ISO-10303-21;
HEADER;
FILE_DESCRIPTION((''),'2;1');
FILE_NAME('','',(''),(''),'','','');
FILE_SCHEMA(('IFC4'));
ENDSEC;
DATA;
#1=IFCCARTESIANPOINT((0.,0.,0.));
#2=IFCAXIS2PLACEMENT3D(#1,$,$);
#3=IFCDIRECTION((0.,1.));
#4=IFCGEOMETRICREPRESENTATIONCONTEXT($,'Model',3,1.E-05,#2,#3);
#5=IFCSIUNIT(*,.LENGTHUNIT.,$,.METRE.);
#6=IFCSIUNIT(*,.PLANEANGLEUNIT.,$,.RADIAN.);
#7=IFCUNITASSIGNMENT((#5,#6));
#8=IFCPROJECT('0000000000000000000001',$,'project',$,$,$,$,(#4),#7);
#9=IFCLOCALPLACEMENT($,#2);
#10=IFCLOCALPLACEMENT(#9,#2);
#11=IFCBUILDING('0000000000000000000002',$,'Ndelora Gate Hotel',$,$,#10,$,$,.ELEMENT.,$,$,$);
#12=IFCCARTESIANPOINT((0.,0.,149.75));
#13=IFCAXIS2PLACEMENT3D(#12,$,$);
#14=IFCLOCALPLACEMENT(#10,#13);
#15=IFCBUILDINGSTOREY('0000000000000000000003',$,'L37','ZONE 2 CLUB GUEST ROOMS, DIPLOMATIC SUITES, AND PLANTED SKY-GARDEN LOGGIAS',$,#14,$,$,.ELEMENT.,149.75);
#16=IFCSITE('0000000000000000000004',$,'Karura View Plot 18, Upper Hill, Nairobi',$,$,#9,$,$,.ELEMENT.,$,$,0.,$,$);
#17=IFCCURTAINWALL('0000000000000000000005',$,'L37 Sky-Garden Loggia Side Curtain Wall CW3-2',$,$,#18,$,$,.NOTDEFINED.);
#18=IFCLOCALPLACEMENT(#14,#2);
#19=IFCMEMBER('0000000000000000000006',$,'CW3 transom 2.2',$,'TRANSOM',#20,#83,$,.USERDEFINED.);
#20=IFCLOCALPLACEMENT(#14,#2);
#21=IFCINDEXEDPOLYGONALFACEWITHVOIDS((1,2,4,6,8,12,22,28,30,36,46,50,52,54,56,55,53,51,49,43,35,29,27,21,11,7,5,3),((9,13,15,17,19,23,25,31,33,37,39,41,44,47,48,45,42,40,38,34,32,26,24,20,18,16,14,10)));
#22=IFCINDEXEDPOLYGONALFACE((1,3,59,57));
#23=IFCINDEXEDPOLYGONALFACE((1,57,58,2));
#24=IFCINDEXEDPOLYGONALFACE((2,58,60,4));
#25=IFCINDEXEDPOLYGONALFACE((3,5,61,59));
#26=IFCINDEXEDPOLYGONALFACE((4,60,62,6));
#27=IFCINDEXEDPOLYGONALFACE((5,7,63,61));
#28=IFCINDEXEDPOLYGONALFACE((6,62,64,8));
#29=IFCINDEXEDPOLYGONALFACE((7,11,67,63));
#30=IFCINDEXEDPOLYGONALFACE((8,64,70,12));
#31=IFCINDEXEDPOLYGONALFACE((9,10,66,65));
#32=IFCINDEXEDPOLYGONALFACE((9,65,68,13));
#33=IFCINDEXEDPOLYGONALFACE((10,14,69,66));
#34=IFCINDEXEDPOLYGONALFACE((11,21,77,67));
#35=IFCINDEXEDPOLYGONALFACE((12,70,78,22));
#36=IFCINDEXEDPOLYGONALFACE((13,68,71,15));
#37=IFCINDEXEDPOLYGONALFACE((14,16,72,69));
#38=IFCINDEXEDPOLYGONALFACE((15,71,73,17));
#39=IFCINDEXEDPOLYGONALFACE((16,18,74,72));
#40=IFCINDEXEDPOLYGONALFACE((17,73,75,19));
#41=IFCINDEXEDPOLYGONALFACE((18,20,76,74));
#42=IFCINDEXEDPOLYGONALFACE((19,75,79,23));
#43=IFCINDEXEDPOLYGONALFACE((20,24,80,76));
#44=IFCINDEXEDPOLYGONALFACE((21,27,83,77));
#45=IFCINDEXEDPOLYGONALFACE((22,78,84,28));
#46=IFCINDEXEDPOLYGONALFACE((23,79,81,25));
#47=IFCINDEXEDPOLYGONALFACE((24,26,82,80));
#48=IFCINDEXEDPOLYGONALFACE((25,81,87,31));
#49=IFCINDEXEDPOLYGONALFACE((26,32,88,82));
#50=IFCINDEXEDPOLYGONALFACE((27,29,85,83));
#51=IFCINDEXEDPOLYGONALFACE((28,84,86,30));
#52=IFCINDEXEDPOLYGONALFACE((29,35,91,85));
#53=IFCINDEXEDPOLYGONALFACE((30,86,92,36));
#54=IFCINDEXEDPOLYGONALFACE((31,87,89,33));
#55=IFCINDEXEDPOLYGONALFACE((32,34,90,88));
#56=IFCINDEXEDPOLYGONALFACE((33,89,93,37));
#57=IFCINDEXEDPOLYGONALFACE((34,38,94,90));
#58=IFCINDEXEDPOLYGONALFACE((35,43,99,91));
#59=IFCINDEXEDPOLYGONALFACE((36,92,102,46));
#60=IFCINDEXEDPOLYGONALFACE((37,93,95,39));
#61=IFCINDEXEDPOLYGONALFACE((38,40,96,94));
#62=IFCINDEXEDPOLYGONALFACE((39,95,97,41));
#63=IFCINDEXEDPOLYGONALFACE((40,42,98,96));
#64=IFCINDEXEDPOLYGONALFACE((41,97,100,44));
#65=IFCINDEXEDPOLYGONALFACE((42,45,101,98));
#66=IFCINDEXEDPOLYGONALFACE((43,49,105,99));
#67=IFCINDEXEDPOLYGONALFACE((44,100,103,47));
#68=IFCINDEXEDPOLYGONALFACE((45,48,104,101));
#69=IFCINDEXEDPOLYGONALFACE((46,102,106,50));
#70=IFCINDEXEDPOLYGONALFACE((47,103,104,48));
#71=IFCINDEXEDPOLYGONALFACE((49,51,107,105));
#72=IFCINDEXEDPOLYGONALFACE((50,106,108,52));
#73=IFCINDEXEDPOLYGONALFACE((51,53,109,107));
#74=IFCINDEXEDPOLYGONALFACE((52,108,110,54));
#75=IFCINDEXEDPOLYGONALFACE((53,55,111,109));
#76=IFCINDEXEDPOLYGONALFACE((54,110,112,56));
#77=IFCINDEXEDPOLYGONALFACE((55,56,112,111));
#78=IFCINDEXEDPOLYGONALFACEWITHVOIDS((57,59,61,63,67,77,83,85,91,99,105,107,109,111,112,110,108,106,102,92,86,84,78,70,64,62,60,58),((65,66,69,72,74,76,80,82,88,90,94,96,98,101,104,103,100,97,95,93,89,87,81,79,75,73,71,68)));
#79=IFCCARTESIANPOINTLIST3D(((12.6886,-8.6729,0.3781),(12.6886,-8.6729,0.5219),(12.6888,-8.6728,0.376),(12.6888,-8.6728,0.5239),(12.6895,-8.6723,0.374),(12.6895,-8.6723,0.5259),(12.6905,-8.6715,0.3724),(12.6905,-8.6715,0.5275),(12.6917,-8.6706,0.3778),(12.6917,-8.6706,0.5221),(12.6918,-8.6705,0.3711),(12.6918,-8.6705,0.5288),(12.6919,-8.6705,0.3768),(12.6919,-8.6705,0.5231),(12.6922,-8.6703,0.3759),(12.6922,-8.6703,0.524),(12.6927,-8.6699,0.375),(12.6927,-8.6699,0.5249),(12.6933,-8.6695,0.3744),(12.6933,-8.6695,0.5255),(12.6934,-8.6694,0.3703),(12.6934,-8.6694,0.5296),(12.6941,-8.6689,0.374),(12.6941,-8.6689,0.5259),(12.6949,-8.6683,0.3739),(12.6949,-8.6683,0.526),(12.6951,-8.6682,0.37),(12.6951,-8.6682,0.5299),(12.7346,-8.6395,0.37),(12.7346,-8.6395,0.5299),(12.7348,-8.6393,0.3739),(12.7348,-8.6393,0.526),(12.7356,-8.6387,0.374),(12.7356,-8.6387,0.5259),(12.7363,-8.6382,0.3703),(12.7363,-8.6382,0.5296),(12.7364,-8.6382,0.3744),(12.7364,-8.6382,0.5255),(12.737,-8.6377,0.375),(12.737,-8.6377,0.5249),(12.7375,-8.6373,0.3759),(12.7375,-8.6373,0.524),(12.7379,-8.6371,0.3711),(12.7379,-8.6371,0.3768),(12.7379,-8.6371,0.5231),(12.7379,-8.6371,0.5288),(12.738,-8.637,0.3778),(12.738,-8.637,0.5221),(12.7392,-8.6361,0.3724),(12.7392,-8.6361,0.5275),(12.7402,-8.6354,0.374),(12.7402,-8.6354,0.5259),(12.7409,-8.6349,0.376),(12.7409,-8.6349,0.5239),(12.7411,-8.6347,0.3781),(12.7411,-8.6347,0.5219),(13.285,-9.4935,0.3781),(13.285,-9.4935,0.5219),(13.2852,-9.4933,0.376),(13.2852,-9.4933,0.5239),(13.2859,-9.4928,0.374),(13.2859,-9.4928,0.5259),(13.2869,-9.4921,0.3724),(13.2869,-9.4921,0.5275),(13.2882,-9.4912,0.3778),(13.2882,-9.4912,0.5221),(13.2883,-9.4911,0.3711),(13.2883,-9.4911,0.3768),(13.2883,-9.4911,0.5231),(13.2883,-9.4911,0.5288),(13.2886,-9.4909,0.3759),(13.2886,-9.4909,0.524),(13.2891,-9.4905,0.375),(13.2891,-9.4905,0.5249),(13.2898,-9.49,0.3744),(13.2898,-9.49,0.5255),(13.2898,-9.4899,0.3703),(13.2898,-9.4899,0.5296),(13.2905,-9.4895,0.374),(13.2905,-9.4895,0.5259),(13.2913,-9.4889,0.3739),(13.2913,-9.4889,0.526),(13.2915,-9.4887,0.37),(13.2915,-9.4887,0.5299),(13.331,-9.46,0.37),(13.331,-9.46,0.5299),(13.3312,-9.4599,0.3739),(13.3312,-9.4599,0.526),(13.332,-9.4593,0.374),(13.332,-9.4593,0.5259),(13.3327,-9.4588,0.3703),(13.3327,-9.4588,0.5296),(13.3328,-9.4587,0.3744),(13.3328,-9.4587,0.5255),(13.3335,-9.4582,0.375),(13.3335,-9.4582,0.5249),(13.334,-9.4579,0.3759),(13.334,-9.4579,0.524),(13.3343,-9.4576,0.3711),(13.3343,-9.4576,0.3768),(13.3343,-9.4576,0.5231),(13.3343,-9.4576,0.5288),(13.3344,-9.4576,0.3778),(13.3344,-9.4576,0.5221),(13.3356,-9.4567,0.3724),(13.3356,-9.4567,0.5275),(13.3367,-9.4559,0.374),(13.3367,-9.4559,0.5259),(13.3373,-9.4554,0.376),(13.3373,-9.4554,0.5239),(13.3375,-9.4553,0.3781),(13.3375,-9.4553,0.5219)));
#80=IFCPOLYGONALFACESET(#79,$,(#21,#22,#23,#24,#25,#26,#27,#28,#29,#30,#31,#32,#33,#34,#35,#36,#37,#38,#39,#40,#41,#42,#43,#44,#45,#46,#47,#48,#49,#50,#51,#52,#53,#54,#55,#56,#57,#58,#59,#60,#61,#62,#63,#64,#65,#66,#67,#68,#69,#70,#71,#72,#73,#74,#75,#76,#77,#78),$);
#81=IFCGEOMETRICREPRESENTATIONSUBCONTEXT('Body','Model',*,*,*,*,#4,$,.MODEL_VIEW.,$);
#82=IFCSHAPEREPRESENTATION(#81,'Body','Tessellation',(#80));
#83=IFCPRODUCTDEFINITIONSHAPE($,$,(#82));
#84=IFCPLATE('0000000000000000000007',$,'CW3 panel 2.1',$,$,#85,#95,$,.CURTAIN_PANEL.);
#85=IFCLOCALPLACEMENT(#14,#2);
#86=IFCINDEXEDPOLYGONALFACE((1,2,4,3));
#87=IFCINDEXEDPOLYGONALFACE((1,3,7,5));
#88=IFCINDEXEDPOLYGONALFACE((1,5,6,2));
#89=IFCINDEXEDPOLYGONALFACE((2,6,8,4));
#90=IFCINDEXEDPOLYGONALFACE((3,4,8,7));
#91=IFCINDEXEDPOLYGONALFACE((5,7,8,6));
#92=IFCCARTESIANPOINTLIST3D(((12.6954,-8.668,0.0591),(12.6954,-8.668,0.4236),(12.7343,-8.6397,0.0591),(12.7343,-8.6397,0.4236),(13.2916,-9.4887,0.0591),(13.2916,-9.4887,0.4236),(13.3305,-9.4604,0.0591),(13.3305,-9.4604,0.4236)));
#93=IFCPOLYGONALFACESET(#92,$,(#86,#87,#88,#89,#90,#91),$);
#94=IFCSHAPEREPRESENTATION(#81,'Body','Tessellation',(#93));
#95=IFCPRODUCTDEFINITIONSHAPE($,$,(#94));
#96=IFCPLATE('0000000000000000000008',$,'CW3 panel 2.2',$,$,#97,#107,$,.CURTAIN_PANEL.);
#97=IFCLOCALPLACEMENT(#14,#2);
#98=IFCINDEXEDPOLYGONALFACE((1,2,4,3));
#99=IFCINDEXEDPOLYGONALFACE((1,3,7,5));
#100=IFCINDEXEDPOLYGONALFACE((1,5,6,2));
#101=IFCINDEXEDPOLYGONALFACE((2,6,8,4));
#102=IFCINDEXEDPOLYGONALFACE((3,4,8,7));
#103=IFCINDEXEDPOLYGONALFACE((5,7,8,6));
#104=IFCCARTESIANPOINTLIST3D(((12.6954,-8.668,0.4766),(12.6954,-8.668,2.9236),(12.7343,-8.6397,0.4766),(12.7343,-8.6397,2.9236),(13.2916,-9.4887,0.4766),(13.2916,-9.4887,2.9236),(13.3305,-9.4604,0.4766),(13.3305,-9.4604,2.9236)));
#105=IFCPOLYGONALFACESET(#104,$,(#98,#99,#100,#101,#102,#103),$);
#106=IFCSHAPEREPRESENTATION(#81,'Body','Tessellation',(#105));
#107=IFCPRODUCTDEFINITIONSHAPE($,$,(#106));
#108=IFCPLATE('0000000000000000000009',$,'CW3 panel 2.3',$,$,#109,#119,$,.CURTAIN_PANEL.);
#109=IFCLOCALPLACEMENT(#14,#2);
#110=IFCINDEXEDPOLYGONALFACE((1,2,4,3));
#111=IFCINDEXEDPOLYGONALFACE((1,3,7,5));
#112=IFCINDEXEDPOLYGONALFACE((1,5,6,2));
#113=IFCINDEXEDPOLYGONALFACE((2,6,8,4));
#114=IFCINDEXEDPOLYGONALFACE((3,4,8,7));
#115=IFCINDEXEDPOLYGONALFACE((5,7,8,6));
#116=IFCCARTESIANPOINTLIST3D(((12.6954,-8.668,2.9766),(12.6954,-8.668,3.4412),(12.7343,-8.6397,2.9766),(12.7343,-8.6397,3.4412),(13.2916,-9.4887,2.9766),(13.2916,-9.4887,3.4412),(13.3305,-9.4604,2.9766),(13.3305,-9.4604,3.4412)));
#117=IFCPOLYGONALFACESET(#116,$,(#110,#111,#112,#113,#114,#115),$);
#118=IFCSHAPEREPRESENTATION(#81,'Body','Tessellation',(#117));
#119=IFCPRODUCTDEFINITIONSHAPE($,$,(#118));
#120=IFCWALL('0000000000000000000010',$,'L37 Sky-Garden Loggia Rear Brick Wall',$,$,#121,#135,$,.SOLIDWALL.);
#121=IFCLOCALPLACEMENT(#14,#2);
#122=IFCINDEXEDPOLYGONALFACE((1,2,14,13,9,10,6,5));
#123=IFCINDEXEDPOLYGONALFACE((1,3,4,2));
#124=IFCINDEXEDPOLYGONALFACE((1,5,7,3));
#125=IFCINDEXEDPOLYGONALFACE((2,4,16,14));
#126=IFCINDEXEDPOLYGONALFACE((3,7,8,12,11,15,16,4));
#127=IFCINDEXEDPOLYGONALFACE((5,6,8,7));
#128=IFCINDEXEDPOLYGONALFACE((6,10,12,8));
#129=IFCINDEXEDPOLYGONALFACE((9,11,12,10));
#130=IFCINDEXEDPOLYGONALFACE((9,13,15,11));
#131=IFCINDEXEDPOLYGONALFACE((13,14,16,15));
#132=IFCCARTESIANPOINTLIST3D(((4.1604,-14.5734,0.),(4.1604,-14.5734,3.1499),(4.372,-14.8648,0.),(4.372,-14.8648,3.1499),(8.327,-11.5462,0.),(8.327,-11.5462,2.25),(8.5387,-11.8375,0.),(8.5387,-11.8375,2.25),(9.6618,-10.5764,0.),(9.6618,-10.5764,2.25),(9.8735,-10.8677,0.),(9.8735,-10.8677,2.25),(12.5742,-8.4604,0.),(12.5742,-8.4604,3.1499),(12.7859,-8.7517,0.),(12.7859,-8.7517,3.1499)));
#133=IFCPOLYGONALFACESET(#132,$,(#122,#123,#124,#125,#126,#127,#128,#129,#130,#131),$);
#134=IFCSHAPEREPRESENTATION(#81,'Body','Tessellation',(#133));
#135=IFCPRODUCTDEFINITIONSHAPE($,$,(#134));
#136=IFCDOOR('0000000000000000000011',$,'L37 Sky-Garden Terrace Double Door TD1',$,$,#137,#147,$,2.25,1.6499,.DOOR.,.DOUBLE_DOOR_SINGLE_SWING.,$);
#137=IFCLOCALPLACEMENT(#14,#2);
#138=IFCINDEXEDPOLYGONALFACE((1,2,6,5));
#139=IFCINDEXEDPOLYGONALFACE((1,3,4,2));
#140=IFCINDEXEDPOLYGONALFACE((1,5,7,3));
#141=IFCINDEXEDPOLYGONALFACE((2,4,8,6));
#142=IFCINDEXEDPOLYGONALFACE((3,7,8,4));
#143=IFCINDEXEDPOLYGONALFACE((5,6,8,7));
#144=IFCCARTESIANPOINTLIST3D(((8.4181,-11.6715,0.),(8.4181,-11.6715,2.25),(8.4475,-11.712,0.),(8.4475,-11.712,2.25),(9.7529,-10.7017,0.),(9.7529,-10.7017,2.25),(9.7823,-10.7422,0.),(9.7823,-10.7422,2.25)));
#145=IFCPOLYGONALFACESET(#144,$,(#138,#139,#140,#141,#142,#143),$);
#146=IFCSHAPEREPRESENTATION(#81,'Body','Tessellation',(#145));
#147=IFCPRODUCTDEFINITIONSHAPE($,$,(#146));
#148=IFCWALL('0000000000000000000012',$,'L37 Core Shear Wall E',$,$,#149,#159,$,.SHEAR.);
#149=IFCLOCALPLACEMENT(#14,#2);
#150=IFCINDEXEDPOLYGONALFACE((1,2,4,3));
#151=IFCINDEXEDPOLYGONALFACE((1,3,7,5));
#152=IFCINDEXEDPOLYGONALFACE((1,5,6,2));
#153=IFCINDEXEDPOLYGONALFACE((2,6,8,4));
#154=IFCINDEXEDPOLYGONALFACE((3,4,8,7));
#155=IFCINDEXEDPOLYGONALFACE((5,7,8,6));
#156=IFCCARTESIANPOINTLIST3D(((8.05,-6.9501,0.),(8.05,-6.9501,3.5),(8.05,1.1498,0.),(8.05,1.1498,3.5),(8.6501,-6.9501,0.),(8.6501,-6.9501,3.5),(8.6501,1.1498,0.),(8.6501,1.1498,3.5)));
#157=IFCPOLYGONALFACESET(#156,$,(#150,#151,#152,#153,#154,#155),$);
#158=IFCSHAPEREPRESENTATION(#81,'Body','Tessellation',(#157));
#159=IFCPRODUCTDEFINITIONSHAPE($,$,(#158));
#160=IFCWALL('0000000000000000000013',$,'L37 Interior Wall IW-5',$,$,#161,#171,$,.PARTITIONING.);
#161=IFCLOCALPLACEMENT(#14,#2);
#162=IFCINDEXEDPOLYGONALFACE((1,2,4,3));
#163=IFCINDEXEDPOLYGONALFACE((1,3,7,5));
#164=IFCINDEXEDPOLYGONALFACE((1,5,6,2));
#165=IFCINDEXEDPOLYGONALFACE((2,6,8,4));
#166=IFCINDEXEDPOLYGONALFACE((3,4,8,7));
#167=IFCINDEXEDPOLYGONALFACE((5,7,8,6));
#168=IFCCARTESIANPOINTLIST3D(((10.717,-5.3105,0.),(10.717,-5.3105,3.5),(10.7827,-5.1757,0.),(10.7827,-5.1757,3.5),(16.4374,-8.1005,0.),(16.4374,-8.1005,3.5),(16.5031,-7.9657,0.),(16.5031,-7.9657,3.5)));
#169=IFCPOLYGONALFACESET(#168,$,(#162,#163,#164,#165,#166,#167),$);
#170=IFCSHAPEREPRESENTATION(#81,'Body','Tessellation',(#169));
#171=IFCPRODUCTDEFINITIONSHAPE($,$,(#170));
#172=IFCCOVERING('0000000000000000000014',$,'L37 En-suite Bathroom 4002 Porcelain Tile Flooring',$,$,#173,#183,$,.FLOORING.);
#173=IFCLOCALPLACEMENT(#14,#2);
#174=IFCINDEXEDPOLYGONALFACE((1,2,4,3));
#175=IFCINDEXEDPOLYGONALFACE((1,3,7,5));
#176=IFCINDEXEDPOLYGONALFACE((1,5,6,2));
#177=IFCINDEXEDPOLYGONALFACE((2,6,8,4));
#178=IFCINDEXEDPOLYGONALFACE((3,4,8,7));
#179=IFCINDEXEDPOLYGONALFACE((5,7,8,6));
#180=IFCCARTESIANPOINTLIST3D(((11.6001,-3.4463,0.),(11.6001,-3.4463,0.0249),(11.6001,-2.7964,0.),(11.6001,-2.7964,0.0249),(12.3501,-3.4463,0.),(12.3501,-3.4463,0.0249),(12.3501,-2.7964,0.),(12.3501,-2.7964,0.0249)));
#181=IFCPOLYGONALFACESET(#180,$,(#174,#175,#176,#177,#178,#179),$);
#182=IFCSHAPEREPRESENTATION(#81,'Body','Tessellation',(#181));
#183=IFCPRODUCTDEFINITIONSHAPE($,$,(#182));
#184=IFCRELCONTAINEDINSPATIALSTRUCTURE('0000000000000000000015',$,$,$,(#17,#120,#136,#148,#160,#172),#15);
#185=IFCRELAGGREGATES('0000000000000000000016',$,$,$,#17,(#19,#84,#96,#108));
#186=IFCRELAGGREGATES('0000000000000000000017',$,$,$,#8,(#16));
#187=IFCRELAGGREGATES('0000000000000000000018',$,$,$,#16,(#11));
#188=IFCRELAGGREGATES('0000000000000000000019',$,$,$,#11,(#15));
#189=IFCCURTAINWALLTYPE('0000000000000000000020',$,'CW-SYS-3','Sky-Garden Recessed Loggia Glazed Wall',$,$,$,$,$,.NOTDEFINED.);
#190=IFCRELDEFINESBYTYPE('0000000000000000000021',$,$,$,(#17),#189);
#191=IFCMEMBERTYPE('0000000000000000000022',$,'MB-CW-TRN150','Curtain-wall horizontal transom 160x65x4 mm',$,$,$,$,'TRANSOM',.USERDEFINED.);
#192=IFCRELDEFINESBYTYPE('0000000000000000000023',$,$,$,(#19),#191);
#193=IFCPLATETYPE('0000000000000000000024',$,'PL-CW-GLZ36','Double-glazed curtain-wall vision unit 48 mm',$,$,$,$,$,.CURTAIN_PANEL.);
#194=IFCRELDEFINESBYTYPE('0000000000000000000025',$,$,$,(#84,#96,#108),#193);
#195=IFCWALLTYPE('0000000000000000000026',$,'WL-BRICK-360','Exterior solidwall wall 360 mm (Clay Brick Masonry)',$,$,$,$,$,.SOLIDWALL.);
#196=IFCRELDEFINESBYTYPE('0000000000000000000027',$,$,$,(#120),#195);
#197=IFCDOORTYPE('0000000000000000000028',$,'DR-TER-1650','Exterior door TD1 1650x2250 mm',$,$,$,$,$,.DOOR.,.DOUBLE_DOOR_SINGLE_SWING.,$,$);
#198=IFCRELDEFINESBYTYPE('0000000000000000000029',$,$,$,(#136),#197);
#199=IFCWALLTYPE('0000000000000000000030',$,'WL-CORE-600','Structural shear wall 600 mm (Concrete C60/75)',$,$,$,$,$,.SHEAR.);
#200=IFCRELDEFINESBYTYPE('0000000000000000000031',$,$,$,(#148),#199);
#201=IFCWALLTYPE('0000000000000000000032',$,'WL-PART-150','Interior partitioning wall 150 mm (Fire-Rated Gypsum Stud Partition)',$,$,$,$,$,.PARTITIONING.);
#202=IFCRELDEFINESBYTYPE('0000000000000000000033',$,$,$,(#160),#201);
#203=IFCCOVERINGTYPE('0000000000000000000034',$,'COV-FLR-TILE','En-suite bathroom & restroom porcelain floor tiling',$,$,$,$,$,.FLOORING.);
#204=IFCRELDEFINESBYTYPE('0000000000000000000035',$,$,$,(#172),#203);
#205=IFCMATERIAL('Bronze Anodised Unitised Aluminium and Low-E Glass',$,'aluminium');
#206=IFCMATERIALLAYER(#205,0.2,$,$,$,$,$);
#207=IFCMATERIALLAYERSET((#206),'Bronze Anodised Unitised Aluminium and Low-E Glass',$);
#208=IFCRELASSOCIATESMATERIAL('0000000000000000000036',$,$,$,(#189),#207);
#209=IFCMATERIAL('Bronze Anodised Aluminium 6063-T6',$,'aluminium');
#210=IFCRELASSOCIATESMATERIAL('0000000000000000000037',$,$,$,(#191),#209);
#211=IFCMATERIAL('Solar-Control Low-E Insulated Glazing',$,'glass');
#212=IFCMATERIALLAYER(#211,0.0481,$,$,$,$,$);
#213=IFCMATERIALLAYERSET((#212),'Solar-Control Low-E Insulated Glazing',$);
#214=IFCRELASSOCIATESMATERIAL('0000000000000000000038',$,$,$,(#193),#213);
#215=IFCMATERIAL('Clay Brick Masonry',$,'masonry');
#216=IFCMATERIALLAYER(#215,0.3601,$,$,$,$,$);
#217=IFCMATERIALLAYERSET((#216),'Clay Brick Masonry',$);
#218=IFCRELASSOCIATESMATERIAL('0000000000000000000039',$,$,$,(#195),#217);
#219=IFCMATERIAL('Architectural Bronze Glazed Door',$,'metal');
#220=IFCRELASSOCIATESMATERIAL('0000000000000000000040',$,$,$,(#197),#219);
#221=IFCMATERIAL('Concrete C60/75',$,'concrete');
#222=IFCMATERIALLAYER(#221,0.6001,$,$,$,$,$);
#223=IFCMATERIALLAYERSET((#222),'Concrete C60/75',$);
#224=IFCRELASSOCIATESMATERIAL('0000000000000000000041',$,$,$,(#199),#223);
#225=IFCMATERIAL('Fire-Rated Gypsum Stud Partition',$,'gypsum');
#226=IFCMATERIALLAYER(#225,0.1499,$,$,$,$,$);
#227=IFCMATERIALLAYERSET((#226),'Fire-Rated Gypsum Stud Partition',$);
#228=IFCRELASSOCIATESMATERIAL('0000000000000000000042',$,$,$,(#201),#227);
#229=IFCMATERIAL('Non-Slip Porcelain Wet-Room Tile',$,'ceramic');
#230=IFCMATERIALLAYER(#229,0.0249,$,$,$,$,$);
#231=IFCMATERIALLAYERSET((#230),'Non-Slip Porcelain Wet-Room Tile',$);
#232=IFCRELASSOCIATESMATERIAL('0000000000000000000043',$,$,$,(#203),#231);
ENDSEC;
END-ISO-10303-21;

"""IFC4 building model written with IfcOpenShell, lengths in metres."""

from ifc_helpers import new_model, si_unit, direction, frame, frame_2d, origin, origin_2d, place, context, subcontext, project, spatial, rectangle, hollow_rectangle, extrude, material, layer, layer_set, material_profile, profile_set, type_object, element, fill, aggregate, save


model = new_model("IFC4")

# Units and contexts
model_context = context("Model", 3, precision=1e-05, world=origin(), true_north=direction((0.0, 1.0)))
body_context = subcontext(model_context, "Body", "Model", "MODEL_VIEW")
ifc_project = project(units=[si_unit("LENGTHUNIT", "METRE"), si_unit("PLANEANGLEUNIT", "RADIAN")], contexts=[model_context])

# Site, building, storey
site_placement = place(None, origin())
site = spatial("IfcSite", under=ifc_project, at=site_placement, Name="Karura View Plot 18, Upper Hill, Nairobi", CompositionType="ELEMENT", RefElevation=0.0)
building_placement = place(site_placement, origin())
building = spatial("IfcBuilding", under=site, at=building_placement, Name="Ndelora Gate Hotel", CompositionType="ELEMENT")
storey_placement = place(building_placement, frame((0.0, 0.0, 149.75)))
storey = spatial("IfcBuildingStorey", under=building, at=storey_placement, Name="L37", Description="ZONE 2 CLUB GUEST ROOMS, DIPLOMATIC SUITES, AND PLANTED SKY-GARDEN LOGGIAS", CompositionType="ELEMENT", Elevation=149.75)

# Shared definitions
ifc_material_1 = material(Name="Concrete C60/75", Category="concrete")

# Curtain wall, member, plates
ifc_material_2 = material(Name="Bronze Anodised Unitised Aluminium and Low-E Glass", Category="aluminium")
ifc_layer_1 = layer(ifc_material_2, 0.2)
ifc_layer_set_1 = layer_set([ifc_layer_1], Name="Bronze Anodised Unitised Aluminium and Low-E Glass")
curtain_wall_type = type_object("IfcCurtainWallType", Name="CW-SYS-3", Description="Sky-Garden Recessed Loggia Glazed Wall", PredefinedType="NOTDEFINED", material=ifc_layer_set_1)
curtain_wall_placement = place(storey_placement, origin())
curtain_wall = element("IfcCurtainWall", 1, at=curtain_wall_placement, inside=storey, type_object=curtain_wall_type, Name="L37 Sky-Garden Loggia Side Curtain Wall CW3-2", PredefinedType="NOTDEFINED")
ifc_material_3 = material(Name="Bronze Anodised Aluminium 6063-T6", Category="aluminium")
ifc_material_profile_1 = material_profile(ifc_material_3, hollow_rectangle(XDim=0.0649, YDim=0.1599, WallThickness=0.0039, InnerFilletRadius=0.0039, OuterFilletRadius=0.0081, at=origin_2d()), Name="ALU 160x65x4")
ifc_profile_set_1 = profile_set([ifc_material_profile_1], Name="Bronze Anodised Aluminium 6063-T6")
member_type_1 = type_object("IfcMemberType", Name="MB-CW-TRN150", Description="Curtain-wall horizontal transom 160x65x4 mm", ElementType="TRANSOM", PredefinedType="USERDEFINED", material=ifc_profile_set_1)
member_1_placement = place(storey_placement, frame((13.3113, -9.4744, 0.45), z_axis=(-0.587957, 0.808892, 0.0), x_axis=(-0.808892, -0.587957, 0.0)))
member_1 = element("IfcMember", 2, at=member_1_placement, type_object=member_type_1, Name="CW3 transom 2.2", ObjectType="TRANSOM", PredefinedType="USERDEFINED", context=body_context, shape_type="SweptSolid", body=[
    extrude(hollow_rectangle(XDim=0.0649, YDim=0.1599, WallThickness=0.0039, InnerFilletRadius=0.0039, OuterFilletRadius=0.0081, at=origin_2d()), origin(), (0.0, 0.0, 1.0), 1.0144),
])
ifc_material_4 = material(Name="Solar-Control Low-E Insulated Glazing", Category="glass")
ifc_layer_2 = layer(ifc_material_4, 0.0481)
ifc_layer_set_2 = layer_set([ifc_layer_2], Name="Solar-Control Low-E Insulated Glazing")
plate_type = type_object("IfcPlateType", Name="PL-CW-GLZ36", Description="Double-glazed curtain-wall vision unit 48 mm", PredefinedType="CURTAIN_PANEL", material=ifc_layer_set_2)
plate_1_placement = place(storey_placement, frame((13.0129, -9.0642, 0.0591), z_axis=(0.0, 0.0, 1.0), x_axis=(-0.587785, 0.809017, 0.0)))
plate_1 = element("IfcPlate", 3, at=plate_1_placement, type_object=plate_type, Name="CW3 panel 2.1", PredefinedType="CURTAIN_PANEL", context=body_context, shape_type="SweptSolid", body=[
    extrude(rectangle(XDim=1.0144, YDim=0.0481, at=origin_2d()), origin(), (0.0, 0.0, 1.0), 0.3645),
])
plate_2_placement = place(storey_placement, frame((13.0129, -9.0642, 0.4766), z_axis=(0.0, 0.0, 1.0), x_axis=(-0.587785, 0.809017, 0.0)))
plate_2 = element("IfcPlate", 4, at=plate_2_placement, type_object=plate_type, Name="CW3 panel 2.2", PredefinedType="CURTAIN_PANEL", context=body_context, shape_type="SweptSolid", body=[
    extrude(rectangle(XDim=1.0144, YDim=0.0481, at=origin_2d()), origin(), (0.0, 0.0, 1.0), 2.447),
])
plate_3_placement = place(storey_placement, frame((13.0129, -9.0642, 2.9766), z_axis=(0.0, 0.0, 1.0), x_axis=(-0.587785, 0.809017, 0.0)))
plate_3 = element("IfcPlate", 5, at=plate_3_placement, type_object=plate_type, Name="CW3 panel 2.3", PredefinedType="CURTAIN_PANEL", context=body_context, shape_type="SweptSolid", body=[
    extrude(rectangle(XDim=1.0144, YDim=0.0481, at=origin_2d()), origin(), (0.0, 0.0, 1.0), 0.4646),
])
aggregate(curtain_wall, [member_1, plate_1, plate_2, plate_3])

# Wall, opening, door
ifc_material_5 = material(Name="Clay Brick Masonry", Category="masonry")
ifc_layer_3 = layer(ifc_material_5, 0.3601)
ifc_layer_set_3 = layer_set([ifc_layer_3], Name="Clay Brick Masonry")
wall_type_1 = type_object("IfcWallType", Name="WL-BRICK-360", Description="Exterior solidwall wall 360 mm (Clay Brick Masonry)", PredefinedType="SOLIDWALL", material=ifc_layer_set_3)
wall_1_placement = place(storey_placement, frame((12.6802, -8.606, 0.0), z_axis=(0.0, 0.0, 1.0), x_axis=(-0.809015, -0.587788, 0.0)))
wall_1 = element("IfcWall", 6, at=wall_1_placement, inside=storey, type_object=wall_type_1, Name="L37 Sky-Garden Loggia Rear Brick Wall", PredefinedType="SOLIDWALL", context=body_context, shape_type="SweptSolid", body=[
    extrude(rectangle(XDim=10.4001, YDim=0.3601, at=frame_2d((5.2002, 0.0))), origin(), (0.0, 0.0, 1.0), 3.1499),
])
opening_1_placement = place(wall_1_placement, frame((3.6001, 0.0, 0.0)))
opening_1 = element("IfcOpeningElement", 7, at=opening_1_placement, cuts=wall_1, PredefinedType="OPENING", context=body_context, shape_type="SweptSolid", body=[
    extrude(rectangle(XDim=1.6499, YDim=2.25, at=frame_2d((0.825, 1.125))), frame((0.0, 0.1899, 0.0), z_axis=(0.0, -1.0, 0.0), x_axis=(1.0, 0.0, 0.0)), (0.0, 0.0, 1.0), 0.3801),
])
ifc_material_6 = material(Name="Architectural Bronze Glazed Door", Category="metal")
door_type_1 = type_object("IfcDoorType", Name="DR-TER-1650", Description="Exterior door TD1 1650x2250 mm", OperationType="DOUBLE_DOOR_SINGLE_SWING", PredefinedType="DOOR", material=ifc_material_6)
door_1_placement = place(opening_1_placement, origin())
door_1 = element("IfcDoor", 8, at=door_1_placement, inside=storey, type_object=door_type_1, Name="L37 Sky-Garden Terrace Double Door TD1", OperationType="DOUBLE_DOOR_SINGLE_SWING", OverallHeight=2.25, OverallWidth=1.6499, PredefinedType="DOOR", context=body_context, shape_type="SweptSolid", body=[
    extrude(rectangle(XDim=1.6499, YDim=2.25, at=frame_2d((0.825, 1.125))), frame((0.0, 0.0249, 0.0), z_axis=(0.0, -1.0, 0.0), x_axis=(1.0, 0.0, 0.0)), (0.0, 0.0, 1.0), 0.05),
])
fill(opening_1, door_1)

# Wall
ifc_layer_4 = layer(ifc_material_1, 0.6001)
ifc_layer_set_4 = layer_set([ifc_layer_4], Name="Concrete C60/75")
wall_type_2 = type_object("IfcWallType", Name="WL-CORE-600", Description="Structural shear wall 600 mm (Concrete C60/75)", PredefinedType="SHEAR", material=ifc_layer_set_4)
wall_2_placement = place(storey_placement, frame((8.3501, -6.95, 0.0), z_axis=(0.0, 0.0, 1.0), x_axis=(0.0, 1.0, 0.0)))
element("IfcWall", 9, at=wall_2_placement, inside=storey, type_object=wall_type_2, Name="L37 Core Shear Wall E", PredefinedType="SHEAR", context=body_context, shape_type="SweptSolid", body=[
    extrude(rectangle(XDim=8.0999, YDim=0.6001, at=frame_2d((4.0498, 0.0))), origin(), (0.0, 0.0, 1.0), 3.5),
])

# Shared definitions
ifc_material_7 = material(Name="Fire-Rated Gypsum Stud Partition", Category="gypsum")
ifc_layer_5 = layer(ifc_material_7, 0.1499)
ifc_layer_set_5 = layer_set([ifc_layer_5], Name="Fire-Rated Gypsum Stud Partition")
wall_type_3 = type_object("IfcWallType", Name="WL-PART-150", Description="Interior partitioning wall 150 mm (Fire-Rated Gypsum Stud Partition)", PredefinedType="PARTITIONING", material=ifc_layer_set_5)

# Wall
wall_3_placement = place(storey_placement, frame((10.75, -5.2432, 0.0), z_axis=(0.0, 0.0, 1.0), x_axis=(0.898795, -0.438369, 0.0)))
element("IfcWall", 10, at=wall_3_placement, inside=storey, type_object=wall_type_3, Name="L37 Interior Wall IW-5", PredefinedType="PARTITIONING", context=body_context, shape_type="SweptSolid", body=[
    extrude(rectangle(XDim=6.3645, YDim=0.1499, at=frame_2d((3.1821, 0.0))), origin(), (0.0, 0.0, 1.0), 3.5),
])

# Covering
ifc_material_8 = material(Name="Non-Slip Porcelain Wet-Room Tile", Category="ceramic")
ifc_layer_6 = layer(ifc_material_8, 0.0249)
ifc_layer_set_6 = layer_set([ifc_layer_6], Name="Non-Slip Porcelain Wet-Room Tile")
covering_type = type_object("IfcCoveringType", Name="COV-FLR-TILE", Description="En-suite bathroom & restroom porcelain floor tiling", PredefinedType="FLOORING", material=ifc_layer_set_6)
covering_placement = place(storey_placement, frame((11.9751, -3.1213, 0.0), z_axis=(0.0, 0.0, 1.0), x_axis=(1.0, 0.0, 0.0)))
element("IfcCovering", 11, at=covering_placement, inside=storey, type_object=covering_type, Name="L37 En-suite Bathroom 4002 Porcelain Tile Flooring", PredefinedType="FLOORING", context=body_context, shape_type="SweptSolid", body=[
    extrude(rectangle(XDim=0.75, YDim=0.6499, at=origin_2d()), origin(), (0.0, 0.0, 1.0), 0.0249),
])

save(model, "model.ifc")
